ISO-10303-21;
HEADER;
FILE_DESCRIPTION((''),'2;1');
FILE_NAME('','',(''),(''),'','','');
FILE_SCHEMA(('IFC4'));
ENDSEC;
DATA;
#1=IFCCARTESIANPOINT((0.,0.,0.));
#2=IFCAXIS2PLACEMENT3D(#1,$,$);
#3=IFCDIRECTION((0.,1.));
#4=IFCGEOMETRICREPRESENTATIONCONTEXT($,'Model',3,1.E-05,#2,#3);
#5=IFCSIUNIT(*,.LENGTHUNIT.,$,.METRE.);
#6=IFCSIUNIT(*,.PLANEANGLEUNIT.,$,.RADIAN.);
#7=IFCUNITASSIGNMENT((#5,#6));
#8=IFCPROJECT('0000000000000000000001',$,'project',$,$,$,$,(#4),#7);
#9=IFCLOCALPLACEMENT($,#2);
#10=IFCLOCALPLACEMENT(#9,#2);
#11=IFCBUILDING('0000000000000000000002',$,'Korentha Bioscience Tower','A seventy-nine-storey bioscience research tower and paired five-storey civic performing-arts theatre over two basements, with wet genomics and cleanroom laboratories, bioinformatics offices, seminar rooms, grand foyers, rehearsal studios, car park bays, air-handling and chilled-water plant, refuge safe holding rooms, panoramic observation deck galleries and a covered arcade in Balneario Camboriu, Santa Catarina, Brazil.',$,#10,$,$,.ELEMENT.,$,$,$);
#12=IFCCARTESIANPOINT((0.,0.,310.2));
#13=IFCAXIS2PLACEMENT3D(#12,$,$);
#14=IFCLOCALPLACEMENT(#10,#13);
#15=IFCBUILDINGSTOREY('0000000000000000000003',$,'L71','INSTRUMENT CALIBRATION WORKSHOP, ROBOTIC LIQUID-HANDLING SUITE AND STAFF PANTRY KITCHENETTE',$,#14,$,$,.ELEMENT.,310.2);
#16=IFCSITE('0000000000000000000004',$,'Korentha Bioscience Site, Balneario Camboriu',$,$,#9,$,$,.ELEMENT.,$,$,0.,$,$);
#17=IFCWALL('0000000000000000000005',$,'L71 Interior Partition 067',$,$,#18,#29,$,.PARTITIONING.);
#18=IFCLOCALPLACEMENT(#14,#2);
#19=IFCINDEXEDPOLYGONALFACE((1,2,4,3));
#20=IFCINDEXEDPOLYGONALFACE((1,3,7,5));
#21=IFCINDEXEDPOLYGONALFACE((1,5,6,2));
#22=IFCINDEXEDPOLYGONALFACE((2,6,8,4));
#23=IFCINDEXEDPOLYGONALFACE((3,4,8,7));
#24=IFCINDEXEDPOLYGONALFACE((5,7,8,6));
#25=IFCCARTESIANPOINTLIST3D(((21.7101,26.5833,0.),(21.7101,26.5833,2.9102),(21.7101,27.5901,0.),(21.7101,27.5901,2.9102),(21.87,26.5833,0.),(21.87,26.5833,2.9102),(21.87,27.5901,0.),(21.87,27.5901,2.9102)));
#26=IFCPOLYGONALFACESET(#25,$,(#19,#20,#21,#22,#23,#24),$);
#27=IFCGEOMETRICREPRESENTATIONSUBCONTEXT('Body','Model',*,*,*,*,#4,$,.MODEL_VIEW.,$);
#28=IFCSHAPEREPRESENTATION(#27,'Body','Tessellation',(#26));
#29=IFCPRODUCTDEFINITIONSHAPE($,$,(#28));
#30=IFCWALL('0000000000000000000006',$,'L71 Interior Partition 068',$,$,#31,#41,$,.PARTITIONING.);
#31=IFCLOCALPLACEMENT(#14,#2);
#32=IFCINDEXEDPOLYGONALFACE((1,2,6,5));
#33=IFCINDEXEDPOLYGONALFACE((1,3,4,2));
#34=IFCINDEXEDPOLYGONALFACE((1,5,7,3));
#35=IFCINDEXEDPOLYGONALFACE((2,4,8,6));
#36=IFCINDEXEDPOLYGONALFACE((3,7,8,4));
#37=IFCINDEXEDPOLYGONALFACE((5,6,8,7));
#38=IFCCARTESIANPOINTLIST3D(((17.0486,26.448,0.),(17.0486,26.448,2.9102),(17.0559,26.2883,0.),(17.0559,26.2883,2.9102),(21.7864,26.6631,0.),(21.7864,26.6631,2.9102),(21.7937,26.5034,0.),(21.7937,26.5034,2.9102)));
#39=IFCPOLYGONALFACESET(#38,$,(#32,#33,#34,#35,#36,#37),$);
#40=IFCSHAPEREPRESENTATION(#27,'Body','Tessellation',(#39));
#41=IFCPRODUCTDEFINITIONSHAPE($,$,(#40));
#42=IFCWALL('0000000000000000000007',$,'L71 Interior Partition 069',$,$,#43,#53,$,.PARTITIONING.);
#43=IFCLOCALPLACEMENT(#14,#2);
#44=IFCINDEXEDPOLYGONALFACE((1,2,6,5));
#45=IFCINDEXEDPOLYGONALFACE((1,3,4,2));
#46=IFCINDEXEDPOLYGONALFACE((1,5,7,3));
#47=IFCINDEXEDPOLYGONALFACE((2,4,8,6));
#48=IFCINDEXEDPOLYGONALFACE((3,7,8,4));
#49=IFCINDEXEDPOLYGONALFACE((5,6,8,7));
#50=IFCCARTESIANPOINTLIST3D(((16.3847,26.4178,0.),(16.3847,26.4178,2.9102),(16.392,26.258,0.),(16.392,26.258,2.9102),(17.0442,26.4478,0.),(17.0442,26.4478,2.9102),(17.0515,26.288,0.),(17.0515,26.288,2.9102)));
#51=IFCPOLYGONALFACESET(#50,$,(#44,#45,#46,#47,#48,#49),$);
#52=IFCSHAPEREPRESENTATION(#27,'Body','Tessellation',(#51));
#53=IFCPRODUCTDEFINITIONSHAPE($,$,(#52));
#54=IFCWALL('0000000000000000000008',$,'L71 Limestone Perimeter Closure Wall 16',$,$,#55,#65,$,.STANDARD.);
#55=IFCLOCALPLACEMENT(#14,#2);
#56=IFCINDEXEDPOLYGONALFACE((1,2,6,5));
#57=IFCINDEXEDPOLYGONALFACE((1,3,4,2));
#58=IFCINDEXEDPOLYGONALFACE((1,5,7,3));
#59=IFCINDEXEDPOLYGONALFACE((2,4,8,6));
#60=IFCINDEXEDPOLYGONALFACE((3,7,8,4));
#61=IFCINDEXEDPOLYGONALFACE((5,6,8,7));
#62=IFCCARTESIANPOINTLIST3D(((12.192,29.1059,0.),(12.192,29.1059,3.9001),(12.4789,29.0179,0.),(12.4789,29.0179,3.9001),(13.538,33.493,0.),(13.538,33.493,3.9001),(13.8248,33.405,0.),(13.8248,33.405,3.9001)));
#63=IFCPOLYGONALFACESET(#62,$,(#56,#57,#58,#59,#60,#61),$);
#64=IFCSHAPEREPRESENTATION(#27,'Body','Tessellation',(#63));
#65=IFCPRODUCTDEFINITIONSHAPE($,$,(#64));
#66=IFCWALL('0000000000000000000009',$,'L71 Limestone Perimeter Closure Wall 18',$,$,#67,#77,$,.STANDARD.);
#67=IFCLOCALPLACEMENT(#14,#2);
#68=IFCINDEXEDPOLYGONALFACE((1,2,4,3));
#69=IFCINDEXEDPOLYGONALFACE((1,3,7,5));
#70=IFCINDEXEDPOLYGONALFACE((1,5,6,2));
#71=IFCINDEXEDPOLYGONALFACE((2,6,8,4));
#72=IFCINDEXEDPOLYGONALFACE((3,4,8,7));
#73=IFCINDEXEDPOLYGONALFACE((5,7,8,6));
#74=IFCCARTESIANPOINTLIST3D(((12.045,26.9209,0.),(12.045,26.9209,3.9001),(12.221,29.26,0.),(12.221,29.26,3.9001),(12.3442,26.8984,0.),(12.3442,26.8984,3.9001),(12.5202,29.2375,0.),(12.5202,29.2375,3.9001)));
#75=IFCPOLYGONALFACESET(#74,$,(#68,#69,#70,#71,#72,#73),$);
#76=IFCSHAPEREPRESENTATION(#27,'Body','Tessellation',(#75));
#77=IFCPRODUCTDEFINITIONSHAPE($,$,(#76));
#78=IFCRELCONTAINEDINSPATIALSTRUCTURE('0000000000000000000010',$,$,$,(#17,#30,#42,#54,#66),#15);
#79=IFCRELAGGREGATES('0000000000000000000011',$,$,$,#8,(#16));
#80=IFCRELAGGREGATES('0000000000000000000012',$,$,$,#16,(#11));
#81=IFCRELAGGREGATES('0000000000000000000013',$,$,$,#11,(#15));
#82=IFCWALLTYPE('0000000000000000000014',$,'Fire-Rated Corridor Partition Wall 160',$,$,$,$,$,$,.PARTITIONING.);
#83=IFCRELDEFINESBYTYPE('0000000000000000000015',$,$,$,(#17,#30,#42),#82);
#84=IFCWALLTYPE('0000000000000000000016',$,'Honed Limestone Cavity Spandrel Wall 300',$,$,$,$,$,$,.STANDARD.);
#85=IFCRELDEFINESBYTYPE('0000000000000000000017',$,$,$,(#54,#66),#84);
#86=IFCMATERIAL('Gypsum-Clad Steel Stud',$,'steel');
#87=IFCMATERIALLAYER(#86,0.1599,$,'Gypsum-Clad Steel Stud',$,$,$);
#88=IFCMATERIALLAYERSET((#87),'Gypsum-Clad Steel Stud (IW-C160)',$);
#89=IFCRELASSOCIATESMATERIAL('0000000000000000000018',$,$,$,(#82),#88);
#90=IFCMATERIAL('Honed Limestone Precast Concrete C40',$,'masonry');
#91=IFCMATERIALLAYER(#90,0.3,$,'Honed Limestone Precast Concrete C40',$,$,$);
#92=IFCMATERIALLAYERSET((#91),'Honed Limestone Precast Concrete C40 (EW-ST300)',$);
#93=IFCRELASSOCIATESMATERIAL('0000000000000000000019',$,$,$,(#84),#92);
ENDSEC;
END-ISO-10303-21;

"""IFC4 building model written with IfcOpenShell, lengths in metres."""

from ifc_helpers import new_model, si_unit, direction, frame, frame_2d, origin, place, context, subcontext, project, spatial, rectangle, extrude, material, layer, layer_set, type_object, element, save


model = new_model("IFC4")

# Units and contexts
model_context = context("Model", 3, precision=1e-05, world=origin(), true_north=direction((0.0, 1.0)))
body_context = subcontext(model_context, "Body", "Model", "MODEL_VIEW")
ifc_project = project(units=[si_unit("LENGTHUNIT", "METRE"), si_unit("PLANEANGLEUNIT", "RADIAN")], contexts=[model_context])

# Site, building, storey
site_placement = place(None, origin())
site = spatial("IfcSite", under=ifc_project, at=site_placement, Name="Korentha Bioscience Site, Balneario Camboriu", CompositionType="ELEMENT", RefElevation=0.0)
building_placement = place(site_placement, origin())
building = spatial("IfcBuilding", under=site, at=building_placement, Name="Korentha Bioscience Tower", Description="A seventy-nine-storey bioscience research tower and paired five-storey civic performing-arts theatre over two basements, with wet genomics and cleanroom laboratories, bioinformatics offices, seminar rooms, grand foyers, rehearsal studios, car park bays, air-handling and chilled-water plant, refuge safe holding rooms, panoramic observation deck galleries and a covered arcade in Balneario Camboriu, Santa Catarina, Brazil.", CompositionType="ELEMENT")
storey_placement = place(building_placement, frame((0.0, 0.0, 310.2)))
storey = spatial("IfcBuildingStorey", under=building, at=storey_placement, Name="L71", Description="INSTRUMENT CALIBRATION WORKSHOP, ROBOTIC LIQUID-HANDLING SUITE AND STAFF PANTRY KITCHENETTE", CompositionType="ELEMENT", Elevation=310.2)

# Walls
ifc_material_1 = material(Name="Gypsum-Clad Steel Stud", Category="steel")
ifc_layer_1 = layer(ifc_material_1, 0.1599, Name="Gypsum-Clad Steel Stud")
ifc_layer_set_1 = layer_set([ifc_layer_1], Name="Gypsum-Clad Steel Stud (IW-C160)")
wall_type_1 = type_object("IfcWallType", Name="Fire-Rated Corridor Partition Wall 160", PredefinedType="PARTITIONING", material=ifc_layer_set_1)
wall_1_placement = place(storey_placement, frame((21.79, 27.5901, 0.0), z_axis=(0.0, 0.0, 1.0), x_axis=(0.0, -1.0, 0.0)))
element("IfcWall", 1, at=wall_1_placement, inside=storey, type_object=wall_type_1, Name="L71 Interior Partition 067", PredefinedType="PARTITIONING", context=body_context, shape_type="SweptSolid", body=[
    extrude(rectangle(XDim=1.0068, YDim=0.1599, at=frame_2d((0.5034, 0.0))), origin(), (0.0, 0.0, 1.0), 2.9102),
])
wall_2_placement = place(storey_placement, frame((21.79, 26.5833, 0.0), z_axis=(0.0, 0.0, 1.0), x_axis=(-0.998971, -0.045352, 0.0)))
element("IfcWall", 2, at=wall_2_placement, inside=storey, type_object=wall_type_1, Name="L71 Interior Partition 068", PredefinedType="PARTITIONING", context=body_context, shape_type="SweptSolid", body=[
    extrude(rectangle(XDim=4.7427, YDim=0.1599, at=frame_2d((2.3713, 0.0))), origin(), (0.0, 0.0, 1.0), 2.9102),
])
wall_3_placement = place(storey_placement, frame((17.0479, 26.3679, 0.0), z_axis=(0.0, 0.0, 1.0), x_axis=(-0.998965, -0.045492, 0.0)))
element("IfcWall", 3, at=wall_3_placement, inside=storey, type_object=wall_type_1, Name="L71 Interior Partition 069", PredefinedType="PARTITIONING", context=body_context, shape_type="SweptSolid", body=[
    extrude(rectangle(XDim=0.6602, YDim=0.1599, at=frame_2d((0.3301, 0.0))), origin(), (0.0, 0.0, 1.0), 2.9102),
])
ifc_material_2 = material(Name="Honed Limestone Precast Concrete C40", Category="masonry")
ifc_layer_2 = layer(ifc_material_2, 0.3, Name="Honed Limestone Precast Concrete C40")
ifc_layer_set_2 = layer_set([ifc_layer_2], Name="Honed Limestone Precast Concrete C40 (EW-ST300)")
wall_type_2 = type_object("IfcWallType", Name="Honed Limestone Cavity Spandrel Wall 300", PredefinedType="STANDARD", material=ifc_layer_set_2)
wall_4_placement = place(storey_placement, frame((13.6814, 33.449, 0.0), z_axis=(0.0, 0.0, 1.0), x_axis=(-0.293312, -0.956017, 0.0)))
element("IfcWall", 4, at=wall_4_placement, inside=storey, type_object=wall_type_2, Name="L71 Limestone Perimeter Closure Wall 16", PredefinedType="STANDARD", context=body_context, shape_type="SweptSolid", body=[
    extrude(rectangle(XDim=4.5889, YDim=0.3, at=frame_2d((2.2944, 0.0))), origin(), (0.0, 0.0, 1.0), 3.9001),
])
wall_5_placement = place(storey_placement, frame((12.3706, 29.2488, 0.0), z_axis=(0.0, 0.0, 1.0), x_axis=(-0.075041, -0.99718, 0.0)))
element("IfcWall", 5, at=wall_5_placement, inside=storey, type_object=wall_type_2, Name="L71 Limestone Perimeter Closure Wall 18", PredefinedType="STANDARD", context=body_context, shape_type="SweptSolid", body=[
    extrude(rectangle(XDim=2.3457, YDim=0.3, at=frame_2d((1.1729, 0.0))), origin(), (0.0, 0.0, 1.0), 3.9001),
])

save(model, "model.ifc")
